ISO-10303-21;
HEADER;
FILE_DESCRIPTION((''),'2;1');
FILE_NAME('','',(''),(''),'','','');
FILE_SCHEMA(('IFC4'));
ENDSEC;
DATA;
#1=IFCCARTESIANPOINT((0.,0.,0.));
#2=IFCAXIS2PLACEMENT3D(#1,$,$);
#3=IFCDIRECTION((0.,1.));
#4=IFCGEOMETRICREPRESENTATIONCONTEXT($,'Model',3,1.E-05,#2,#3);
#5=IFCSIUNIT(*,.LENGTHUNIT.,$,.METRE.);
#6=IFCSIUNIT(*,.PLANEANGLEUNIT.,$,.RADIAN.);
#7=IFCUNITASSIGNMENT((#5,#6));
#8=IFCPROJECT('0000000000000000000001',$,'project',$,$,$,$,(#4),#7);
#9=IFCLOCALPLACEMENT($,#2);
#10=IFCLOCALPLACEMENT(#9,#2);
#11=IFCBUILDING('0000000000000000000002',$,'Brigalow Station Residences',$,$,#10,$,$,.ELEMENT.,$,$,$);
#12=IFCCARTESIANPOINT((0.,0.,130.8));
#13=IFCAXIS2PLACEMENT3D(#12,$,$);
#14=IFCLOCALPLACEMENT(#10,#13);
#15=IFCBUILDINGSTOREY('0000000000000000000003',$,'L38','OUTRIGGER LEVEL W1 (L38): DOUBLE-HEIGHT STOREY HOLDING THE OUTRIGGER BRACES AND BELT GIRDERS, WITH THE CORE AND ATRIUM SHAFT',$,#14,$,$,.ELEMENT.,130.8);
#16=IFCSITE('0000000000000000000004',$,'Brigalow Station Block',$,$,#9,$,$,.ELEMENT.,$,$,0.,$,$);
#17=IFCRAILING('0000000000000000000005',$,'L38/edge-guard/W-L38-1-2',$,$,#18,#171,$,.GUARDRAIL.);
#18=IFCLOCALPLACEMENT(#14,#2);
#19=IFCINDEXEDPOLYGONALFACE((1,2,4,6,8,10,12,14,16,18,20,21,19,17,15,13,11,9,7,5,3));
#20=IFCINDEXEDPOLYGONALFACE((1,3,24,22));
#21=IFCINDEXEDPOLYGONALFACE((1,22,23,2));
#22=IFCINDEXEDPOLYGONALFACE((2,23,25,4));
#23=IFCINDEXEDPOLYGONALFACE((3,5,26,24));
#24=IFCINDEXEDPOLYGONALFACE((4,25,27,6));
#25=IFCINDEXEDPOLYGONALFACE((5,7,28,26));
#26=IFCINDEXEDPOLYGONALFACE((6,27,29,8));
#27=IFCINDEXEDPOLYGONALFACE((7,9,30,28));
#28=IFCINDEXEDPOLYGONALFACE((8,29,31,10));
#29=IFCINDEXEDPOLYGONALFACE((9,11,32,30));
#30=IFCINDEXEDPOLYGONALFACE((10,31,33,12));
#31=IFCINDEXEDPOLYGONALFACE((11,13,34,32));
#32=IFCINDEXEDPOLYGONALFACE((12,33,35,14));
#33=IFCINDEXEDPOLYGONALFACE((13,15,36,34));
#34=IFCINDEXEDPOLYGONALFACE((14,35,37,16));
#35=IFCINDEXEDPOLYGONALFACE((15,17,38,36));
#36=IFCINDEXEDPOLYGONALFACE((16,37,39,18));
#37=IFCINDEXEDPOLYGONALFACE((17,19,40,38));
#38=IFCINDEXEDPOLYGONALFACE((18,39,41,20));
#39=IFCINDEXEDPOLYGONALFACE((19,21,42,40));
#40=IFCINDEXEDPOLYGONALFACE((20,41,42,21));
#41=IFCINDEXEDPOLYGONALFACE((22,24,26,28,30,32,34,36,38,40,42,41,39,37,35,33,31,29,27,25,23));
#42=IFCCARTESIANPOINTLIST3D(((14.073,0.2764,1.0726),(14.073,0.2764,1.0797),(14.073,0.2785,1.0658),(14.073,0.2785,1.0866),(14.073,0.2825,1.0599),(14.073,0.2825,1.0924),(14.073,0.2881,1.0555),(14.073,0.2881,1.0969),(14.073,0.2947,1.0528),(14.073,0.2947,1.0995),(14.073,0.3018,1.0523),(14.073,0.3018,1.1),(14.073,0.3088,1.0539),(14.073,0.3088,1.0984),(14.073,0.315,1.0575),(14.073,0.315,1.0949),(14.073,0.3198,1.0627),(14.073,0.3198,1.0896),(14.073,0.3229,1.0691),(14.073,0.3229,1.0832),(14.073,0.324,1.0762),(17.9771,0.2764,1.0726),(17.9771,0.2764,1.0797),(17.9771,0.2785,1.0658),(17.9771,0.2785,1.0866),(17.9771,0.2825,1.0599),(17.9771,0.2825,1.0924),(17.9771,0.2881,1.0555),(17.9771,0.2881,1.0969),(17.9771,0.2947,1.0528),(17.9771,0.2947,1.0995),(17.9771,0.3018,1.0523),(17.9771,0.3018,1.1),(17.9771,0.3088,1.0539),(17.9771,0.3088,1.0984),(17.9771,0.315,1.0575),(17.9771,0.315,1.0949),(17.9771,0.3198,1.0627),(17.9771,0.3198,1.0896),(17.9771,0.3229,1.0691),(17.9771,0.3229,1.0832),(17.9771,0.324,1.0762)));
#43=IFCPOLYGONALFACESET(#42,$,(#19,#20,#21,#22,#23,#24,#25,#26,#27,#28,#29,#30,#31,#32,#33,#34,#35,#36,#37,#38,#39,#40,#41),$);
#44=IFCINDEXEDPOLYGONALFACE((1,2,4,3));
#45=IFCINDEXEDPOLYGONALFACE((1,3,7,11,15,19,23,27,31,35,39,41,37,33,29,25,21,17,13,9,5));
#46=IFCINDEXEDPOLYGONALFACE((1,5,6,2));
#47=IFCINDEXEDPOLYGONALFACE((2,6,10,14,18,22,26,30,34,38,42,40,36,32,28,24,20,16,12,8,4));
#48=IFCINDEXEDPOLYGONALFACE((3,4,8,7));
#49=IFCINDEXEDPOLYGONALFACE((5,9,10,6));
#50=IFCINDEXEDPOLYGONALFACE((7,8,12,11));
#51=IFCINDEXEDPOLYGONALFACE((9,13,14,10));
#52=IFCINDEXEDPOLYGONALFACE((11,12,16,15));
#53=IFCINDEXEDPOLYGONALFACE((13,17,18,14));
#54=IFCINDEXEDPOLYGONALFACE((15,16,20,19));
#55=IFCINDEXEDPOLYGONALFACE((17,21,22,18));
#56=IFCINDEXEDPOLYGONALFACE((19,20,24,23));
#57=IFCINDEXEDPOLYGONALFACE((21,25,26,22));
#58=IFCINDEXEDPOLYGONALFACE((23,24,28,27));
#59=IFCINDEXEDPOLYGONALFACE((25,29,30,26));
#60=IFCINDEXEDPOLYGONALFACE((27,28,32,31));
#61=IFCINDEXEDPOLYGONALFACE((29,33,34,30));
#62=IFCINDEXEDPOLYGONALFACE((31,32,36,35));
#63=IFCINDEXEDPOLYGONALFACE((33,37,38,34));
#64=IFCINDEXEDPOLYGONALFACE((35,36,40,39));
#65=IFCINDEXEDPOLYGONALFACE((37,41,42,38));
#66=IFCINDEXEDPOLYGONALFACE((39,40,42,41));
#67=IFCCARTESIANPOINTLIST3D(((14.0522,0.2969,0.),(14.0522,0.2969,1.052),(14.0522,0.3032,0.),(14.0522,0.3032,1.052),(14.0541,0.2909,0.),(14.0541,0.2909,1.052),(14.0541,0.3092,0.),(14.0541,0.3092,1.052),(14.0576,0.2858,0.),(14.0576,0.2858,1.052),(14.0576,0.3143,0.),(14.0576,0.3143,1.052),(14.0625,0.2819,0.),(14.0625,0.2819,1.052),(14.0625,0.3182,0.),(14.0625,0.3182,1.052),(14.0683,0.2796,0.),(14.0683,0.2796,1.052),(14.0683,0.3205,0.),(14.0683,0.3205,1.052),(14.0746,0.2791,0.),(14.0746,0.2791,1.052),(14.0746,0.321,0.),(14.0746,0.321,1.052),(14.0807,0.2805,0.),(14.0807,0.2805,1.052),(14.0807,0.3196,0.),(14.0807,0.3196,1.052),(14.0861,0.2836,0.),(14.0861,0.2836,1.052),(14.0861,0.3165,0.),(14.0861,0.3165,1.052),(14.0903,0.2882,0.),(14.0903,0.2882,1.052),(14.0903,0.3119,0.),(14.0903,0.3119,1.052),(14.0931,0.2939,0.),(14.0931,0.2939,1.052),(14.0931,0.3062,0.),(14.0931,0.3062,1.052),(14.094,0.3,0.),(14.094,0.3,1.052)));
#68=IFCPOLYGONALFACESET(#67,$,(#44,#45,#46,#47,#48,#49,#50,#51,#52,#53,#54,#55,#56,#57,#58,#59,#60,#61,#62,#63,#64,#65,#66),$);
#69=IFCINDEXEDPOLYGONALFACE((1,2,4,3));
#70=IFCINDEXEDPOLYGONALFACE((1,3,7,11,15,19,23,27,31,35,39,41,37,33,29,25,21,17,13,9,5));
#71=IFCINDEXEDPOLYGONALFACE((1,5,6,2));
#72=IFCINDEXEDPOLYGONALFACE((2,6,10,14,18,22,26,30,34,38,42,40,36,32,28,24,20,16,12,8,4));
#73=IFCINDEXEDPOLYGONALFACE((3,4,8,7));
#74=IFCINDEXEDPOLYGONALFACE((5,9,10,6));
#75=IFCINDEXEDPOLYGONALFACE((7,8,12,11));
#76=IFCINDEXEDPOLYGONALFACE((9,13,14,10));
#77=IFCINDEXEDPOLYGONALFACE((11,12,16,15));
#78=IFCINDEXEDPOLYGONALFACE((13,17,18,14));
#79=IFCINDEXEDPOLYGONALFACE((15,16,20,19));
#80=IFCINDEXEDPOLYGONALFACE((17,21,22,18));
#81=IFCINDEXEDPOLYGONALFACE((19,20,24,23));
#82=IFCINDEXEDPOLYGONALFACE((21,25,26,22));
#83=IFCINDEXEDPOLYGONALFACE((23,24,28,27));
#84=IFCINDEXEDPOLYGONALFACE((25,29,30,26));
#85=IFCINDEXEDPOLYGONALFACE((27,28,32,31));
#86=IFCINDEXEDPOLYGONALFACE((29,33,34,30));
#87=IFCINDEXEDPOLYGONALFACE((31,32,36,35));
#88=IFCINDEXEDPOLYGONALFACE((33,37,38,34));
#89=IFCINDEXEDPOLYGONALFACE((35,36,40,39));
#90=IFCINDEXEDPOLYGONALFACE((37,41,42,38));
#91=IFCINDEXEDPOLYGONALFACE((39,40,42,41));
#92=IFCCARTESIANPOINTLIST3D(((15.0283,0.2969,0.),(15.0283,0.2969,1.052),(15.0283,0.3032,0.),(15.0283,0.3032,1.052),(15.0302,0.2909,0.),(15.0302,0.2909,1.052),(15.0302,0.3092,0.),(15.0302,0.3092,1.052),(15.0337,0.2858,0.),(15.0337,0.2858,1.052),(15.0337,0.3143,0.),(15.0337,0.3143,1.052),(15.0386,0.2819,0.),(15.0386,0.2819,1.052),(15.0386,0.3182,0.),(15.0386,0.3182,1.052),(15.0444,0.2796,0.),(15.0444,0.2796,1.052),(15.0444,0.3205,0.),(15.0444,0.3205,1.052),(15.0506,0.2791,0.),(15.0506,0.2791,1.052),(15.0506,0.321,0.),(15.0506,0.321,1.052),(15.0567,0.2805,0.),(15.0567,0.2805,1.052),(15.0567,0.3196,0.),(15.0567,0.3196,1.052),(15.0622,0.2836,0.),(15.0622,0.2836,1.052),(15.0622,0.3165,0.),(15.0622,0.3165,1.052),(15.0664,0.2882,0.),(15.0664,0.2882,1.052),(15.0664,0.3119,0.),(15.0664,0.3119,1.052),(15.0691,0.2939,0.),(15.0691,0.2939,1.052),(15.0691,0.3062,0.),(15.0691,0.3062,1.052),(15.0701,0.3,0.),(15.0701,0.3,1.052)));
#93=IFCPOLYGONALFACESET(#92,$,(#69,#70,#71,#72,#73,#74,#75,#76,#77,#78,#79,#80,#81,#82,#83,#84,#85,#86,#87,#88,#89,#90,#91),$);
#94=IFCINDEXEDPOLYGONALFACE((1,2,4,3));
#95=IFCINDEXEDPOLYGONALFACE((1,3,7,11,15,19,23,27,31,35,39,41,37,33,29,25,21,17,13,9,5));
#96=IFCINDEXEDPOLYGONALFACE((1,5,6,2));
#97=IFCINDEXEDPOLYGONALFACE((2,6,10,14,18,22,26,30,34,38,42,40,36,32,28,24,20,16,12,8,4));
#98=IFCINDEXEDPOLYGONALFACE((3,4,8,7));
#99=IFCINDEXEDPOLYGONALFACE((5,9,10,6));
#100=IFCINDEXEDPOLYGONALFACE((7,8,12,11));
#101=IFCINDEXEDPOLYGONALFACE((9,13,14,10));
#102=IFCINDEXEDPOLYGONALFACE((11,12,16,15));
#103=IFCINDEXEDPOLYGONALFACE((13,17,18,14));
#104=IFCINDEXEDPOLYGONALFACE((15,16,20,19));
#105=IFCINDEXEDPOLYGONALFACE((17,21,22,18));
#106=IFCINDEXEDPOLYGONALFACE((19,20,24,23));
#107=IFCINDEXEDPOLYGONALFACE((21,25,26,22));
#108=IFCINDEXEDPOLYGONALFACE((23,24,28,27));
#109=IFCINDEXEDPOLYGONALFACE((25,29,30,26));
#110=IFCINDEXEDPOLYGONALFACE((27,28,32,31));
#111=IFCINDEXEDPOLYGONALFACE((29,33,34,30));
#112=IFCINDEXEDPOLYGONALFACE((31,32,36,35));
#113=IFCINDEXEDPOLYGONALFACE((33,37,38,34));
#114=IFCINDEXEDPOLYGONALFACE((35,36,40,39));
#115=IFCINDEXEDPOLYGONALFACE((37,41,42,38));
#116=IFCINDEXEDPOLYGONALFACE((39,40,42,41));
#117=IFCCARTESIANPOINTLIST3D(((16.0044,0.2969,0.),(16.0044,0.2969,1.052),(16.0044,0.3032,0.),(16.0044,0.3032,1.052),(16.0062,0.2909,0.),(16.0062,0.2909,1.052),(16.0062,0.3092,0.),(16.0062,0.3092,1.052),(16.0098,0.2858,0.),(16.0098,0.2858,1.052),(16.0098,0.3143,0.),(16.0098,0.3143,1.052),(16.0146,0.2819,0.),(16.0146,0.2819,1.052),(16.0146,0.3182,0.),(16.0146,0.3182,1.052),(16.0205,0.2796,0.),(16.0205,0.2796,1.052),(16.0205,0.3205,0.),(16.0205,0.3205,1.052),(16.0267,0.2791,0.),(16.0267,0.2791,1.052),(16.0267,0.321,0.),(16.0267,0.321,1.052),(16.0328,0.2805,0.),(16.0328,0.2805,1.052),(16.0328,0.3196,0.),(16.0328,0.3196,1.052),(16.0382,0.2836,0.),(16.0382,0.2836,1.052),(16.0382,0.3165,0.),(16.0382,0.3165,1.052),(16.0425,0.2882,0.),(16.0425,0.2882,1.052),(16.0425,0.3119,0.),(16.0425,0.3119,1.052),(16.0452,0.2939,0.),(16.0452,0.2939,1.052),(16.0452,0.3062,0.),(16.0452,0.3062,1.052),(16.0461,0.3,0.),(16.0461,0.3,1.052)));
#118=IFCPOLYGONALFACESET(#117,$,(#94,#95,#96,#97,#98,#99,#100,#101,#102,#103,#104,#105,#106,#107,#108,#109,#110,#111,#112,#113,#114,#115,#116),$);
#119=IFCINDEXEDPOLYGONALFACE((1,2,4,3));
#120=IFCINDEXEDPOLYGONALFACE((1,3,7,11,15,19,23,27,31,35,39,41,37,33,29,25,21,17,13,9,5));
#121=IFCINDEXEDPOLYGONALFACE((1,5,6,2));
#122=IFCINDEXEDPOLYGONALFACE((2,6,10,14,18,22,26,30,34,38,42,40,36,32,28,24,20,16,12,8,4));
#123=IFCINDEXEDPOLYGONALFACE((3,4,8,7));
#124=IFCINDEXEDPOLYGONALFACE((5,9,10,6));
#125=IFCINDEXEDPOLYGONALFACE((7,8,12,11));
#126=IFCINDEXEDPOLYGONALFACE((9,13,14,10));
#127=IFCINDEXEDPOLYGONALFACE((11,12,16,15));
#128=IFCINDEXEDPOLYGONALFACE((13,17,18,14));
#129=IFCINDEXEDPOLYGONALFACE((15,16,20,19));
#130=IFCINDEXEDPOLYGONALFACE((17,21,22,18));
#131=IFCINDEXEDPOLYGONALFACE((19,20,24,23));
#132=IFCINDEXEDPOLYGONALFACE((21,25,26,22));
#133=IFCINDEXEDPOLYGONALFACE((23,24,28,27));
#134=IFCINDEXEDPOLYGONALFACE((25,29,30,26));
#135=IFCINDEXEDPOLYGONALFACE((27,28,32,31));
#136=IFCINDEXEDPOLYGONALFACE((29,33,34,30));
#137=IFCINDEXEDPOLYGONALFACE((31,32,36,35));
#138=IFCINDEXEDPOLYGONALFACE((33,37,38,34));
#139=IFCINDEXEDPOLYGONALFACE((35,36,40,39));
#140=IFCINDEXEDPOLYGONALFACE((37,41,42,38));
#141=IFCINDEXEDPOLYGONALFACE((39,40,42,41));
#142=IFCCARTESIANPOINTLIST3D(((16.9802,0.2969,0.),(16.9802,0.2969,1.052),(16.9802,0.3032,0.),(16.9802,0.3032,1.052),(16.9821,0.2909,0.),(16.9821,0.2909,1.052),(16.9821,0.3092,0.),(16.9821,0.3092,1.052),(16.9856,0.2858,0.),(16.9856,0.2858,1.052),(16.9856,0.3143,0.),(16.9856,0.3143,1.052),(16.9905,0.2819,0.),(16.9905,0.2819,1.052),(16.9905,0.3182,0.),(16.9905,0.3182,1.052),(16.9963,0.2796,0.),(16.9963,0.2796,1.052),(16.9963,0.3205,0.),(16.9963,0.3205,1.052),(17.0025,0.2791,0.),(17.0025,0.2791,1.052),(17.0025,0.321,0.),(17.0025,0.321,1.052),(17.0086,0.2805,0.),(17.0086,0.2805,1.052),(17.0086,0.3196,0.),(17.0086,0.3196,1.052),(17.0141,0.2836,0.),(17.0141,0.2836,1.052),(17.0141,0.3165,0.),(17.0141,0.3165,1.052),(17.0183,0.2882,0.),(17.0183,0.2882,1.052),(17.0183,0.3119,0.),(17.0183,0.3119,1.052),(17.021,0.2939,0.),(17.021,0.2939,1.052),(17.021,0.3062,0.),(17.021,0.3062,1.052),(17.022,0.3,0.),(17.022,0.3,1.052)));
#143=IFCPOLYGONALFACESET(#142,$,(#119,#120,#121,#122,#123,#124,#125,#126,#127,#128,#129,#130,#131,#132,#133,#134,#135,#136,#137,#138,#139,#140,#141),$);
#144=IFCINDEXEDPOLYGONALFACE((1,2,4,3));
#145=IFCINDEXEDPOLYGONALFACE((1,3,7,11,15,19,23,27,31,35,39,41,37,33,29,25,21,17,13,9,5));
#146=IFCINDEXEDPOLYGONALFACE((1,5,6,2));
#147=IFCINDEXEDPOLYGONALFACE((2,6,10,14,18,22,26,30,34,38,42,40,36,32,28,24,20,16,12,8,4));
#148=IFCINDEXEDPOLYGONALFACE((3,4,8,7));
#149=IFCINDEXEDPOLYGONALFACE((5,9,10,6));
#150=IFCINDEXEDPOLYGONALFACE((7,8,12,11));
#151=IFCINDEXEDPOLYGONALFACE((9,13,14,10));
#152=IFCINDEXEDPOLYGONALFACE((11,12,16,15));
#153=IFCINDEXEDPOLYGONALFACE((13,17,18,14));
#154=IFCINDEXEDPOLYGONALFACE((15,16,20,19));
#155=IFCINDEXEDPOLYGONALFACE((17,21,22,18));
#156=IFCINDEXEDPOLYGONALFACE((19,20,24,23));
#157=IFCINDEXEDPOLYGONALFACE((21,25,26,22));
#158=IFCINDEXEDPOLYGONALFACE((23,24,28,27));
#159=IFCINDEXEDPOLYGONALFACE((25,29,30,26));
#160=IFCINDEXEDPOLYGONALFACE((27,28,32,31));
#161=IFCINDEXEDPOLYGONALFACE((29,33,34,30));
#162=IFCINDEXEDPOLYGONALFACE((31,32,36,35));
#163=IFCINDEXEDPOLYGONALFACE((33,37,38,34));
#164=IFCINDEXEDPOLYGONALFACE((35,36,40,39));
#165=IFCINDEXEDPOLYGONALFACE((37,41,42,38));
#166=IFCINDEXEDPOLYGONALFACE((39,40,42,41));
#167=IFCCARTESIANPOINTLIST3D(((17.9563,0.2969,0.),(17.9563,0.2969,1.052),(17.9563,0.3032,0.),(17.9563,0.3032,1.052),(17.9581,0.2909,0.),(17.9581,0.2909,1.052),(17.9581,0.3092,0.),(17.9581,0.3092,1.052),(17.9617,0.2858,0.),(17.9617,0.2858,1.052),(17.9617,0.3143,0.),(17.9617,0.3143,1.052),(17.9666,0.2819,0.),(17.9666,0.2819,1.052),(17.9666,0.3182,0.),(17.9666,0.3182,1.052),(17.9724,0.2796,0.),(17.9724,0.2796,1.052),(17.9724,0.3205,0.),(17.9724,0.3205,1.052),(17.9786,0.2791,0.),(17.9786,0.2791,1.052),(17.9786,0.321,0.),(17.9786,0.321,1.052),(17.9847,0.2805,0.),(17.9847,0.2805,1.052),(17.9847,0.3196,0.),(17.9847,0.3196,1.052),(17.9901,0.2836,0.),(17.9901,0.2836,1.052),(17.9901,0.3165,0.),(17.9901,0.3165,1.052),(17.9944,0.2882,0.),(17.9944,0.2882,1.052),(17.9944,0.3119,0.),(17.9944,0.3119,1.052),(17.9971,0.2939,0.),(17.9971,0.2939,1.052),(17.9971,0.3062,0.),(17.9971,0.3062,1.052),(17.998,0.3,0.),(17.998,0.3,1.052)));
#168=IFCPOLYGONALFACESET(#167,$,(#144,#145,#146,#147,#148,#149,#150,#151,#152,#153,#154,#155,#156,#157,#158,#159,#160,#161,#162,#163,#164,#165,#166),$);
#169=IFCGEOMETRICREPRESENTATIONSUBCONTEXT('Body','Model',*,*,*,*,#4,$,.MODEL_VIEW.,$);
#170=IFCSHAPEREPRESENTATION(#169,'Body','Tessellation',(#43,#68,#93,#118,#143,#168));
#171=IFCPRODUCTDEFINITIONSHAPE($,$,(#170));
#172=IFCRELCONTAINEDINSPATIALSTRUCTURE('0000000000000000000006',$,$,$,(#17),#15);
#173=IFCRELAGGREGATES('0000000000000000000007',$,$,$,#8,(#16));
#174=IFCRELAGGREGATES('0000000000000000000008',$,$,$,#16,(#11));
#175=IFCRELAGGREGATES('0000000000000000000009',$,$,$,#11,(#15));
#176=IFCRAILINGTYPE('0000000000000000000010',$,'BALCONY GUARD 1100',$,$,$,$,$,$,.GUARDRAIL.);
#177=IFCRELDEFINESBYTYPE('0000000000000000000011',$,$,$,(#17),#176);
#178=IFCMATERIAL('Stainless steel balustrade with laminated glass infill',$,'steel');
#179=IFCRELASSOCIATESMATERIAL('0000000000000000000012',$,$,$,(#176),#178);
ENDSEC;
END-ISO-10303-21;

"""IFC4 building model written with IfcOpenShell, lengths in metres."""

from ifc_helpers import new_model, si_unit, direction, frame, origin, origin_2d, place, context, subcontext, project, spatial, circle, extrude, material, type_object, element, save


model = new_model("IFC4")

# Units and contexts
model_context = context("Model", 3, precision=1e-05, world=origin(), true_north=direction((0.0, 1.0)))
body_context = subcontext(model_context, "Body", "Model", "MODEL_VIEW")
ifc_project = project(units=[si_unit("LENGTHUNIT", "METRE"), si_unit("PLANEANGLEUNIT", "RADIAN")], contexts=[model_context])

# Site, building, storey
site_placement = place(None, origin())
site = spatial("IfcSite", under=ifc_project, at=site_placement, Name="Brigalow Station Block", CompositionType="ELEMENT", RefElevation=0.0)
building_placement = place(site_placement, origin())
building = spatial("IfcBuilding", under=site, at=building_placement, Name="Brigalow Station Residences", CompositionType="ELEMENT")
storey_placement = place(building_placement, frame((0.0, 0.0, 130.8)))
storey = spatial("IfcBuildingStorey", under=building, at=storey_placement, Name="L38", Description="OUTRIGGER LEVEL W1 (L38): DOUBLE-HEIGHT STOREY HOLDING THE OUTRIGGER BRACES AND BELT GIRDERS, WITH THE CORE AND ATRIUM SHAFT", CompositionType="ELEMENT", Elevation=130.8)

# Railing
ifc_material_1 = material(Name="Stainless steel balustrade with laminated glass infill", Category="steel")
railing_type = type_object("IfcRailingType", Name="BALCONY GUARD 1100", PredefinedType="GUARDRAIL", material=ifc_material_1)
railing_1_placement = place(storey_placement, frame((14.073, 0.3, 0.0)))
element("IfcRailing", 1, at=railing_1_placement, inside=storey, type_object=railing_type, Name="L38/edge-guard/W-L38-1-2", PredefinedType="GUARDRAIL", context=body_context, shape_type="SweptSolid", body=[
    extrude(circle(Radius=0.0239, at=origin_2d()), frame((0.0, 0.0, 1.0762), z_axis=(1.0, 0.0, 0.0), x_axis=(0.0, 1.0, 0.0)), (0.0, 0.0, 1.0), 3.9041),
    extrude(circle(Radius=0.021, at=origin_2d()), origin(), (0.0, 0.0, 1.0), 1.052),
    extrude(circle(Radius=0.021, at=origin_2d()), frame((0.9761, 0.0, 0.0)), (0.0, 0.0, 1.0), 1.052),
    extrude(circle(Radius=0.021, at=origin_2d()), frame((1.9521, 0.0, 0.0)), (0.0, 0.0, 1.0), 1.052),
    extrude(circle(Radius=0.021, at=origin_2d()), frame((2.928, 0.0, 0.0)), (0.0, 0.0, 1.0), 1.052),
    extrude(circle(Radius=0.021, at=origin_2d()), frame((3.9041, 0.0, 0.0)), (0.0, 0.0, 1.0), 1.052),
])

save(model, "model.ifc")
